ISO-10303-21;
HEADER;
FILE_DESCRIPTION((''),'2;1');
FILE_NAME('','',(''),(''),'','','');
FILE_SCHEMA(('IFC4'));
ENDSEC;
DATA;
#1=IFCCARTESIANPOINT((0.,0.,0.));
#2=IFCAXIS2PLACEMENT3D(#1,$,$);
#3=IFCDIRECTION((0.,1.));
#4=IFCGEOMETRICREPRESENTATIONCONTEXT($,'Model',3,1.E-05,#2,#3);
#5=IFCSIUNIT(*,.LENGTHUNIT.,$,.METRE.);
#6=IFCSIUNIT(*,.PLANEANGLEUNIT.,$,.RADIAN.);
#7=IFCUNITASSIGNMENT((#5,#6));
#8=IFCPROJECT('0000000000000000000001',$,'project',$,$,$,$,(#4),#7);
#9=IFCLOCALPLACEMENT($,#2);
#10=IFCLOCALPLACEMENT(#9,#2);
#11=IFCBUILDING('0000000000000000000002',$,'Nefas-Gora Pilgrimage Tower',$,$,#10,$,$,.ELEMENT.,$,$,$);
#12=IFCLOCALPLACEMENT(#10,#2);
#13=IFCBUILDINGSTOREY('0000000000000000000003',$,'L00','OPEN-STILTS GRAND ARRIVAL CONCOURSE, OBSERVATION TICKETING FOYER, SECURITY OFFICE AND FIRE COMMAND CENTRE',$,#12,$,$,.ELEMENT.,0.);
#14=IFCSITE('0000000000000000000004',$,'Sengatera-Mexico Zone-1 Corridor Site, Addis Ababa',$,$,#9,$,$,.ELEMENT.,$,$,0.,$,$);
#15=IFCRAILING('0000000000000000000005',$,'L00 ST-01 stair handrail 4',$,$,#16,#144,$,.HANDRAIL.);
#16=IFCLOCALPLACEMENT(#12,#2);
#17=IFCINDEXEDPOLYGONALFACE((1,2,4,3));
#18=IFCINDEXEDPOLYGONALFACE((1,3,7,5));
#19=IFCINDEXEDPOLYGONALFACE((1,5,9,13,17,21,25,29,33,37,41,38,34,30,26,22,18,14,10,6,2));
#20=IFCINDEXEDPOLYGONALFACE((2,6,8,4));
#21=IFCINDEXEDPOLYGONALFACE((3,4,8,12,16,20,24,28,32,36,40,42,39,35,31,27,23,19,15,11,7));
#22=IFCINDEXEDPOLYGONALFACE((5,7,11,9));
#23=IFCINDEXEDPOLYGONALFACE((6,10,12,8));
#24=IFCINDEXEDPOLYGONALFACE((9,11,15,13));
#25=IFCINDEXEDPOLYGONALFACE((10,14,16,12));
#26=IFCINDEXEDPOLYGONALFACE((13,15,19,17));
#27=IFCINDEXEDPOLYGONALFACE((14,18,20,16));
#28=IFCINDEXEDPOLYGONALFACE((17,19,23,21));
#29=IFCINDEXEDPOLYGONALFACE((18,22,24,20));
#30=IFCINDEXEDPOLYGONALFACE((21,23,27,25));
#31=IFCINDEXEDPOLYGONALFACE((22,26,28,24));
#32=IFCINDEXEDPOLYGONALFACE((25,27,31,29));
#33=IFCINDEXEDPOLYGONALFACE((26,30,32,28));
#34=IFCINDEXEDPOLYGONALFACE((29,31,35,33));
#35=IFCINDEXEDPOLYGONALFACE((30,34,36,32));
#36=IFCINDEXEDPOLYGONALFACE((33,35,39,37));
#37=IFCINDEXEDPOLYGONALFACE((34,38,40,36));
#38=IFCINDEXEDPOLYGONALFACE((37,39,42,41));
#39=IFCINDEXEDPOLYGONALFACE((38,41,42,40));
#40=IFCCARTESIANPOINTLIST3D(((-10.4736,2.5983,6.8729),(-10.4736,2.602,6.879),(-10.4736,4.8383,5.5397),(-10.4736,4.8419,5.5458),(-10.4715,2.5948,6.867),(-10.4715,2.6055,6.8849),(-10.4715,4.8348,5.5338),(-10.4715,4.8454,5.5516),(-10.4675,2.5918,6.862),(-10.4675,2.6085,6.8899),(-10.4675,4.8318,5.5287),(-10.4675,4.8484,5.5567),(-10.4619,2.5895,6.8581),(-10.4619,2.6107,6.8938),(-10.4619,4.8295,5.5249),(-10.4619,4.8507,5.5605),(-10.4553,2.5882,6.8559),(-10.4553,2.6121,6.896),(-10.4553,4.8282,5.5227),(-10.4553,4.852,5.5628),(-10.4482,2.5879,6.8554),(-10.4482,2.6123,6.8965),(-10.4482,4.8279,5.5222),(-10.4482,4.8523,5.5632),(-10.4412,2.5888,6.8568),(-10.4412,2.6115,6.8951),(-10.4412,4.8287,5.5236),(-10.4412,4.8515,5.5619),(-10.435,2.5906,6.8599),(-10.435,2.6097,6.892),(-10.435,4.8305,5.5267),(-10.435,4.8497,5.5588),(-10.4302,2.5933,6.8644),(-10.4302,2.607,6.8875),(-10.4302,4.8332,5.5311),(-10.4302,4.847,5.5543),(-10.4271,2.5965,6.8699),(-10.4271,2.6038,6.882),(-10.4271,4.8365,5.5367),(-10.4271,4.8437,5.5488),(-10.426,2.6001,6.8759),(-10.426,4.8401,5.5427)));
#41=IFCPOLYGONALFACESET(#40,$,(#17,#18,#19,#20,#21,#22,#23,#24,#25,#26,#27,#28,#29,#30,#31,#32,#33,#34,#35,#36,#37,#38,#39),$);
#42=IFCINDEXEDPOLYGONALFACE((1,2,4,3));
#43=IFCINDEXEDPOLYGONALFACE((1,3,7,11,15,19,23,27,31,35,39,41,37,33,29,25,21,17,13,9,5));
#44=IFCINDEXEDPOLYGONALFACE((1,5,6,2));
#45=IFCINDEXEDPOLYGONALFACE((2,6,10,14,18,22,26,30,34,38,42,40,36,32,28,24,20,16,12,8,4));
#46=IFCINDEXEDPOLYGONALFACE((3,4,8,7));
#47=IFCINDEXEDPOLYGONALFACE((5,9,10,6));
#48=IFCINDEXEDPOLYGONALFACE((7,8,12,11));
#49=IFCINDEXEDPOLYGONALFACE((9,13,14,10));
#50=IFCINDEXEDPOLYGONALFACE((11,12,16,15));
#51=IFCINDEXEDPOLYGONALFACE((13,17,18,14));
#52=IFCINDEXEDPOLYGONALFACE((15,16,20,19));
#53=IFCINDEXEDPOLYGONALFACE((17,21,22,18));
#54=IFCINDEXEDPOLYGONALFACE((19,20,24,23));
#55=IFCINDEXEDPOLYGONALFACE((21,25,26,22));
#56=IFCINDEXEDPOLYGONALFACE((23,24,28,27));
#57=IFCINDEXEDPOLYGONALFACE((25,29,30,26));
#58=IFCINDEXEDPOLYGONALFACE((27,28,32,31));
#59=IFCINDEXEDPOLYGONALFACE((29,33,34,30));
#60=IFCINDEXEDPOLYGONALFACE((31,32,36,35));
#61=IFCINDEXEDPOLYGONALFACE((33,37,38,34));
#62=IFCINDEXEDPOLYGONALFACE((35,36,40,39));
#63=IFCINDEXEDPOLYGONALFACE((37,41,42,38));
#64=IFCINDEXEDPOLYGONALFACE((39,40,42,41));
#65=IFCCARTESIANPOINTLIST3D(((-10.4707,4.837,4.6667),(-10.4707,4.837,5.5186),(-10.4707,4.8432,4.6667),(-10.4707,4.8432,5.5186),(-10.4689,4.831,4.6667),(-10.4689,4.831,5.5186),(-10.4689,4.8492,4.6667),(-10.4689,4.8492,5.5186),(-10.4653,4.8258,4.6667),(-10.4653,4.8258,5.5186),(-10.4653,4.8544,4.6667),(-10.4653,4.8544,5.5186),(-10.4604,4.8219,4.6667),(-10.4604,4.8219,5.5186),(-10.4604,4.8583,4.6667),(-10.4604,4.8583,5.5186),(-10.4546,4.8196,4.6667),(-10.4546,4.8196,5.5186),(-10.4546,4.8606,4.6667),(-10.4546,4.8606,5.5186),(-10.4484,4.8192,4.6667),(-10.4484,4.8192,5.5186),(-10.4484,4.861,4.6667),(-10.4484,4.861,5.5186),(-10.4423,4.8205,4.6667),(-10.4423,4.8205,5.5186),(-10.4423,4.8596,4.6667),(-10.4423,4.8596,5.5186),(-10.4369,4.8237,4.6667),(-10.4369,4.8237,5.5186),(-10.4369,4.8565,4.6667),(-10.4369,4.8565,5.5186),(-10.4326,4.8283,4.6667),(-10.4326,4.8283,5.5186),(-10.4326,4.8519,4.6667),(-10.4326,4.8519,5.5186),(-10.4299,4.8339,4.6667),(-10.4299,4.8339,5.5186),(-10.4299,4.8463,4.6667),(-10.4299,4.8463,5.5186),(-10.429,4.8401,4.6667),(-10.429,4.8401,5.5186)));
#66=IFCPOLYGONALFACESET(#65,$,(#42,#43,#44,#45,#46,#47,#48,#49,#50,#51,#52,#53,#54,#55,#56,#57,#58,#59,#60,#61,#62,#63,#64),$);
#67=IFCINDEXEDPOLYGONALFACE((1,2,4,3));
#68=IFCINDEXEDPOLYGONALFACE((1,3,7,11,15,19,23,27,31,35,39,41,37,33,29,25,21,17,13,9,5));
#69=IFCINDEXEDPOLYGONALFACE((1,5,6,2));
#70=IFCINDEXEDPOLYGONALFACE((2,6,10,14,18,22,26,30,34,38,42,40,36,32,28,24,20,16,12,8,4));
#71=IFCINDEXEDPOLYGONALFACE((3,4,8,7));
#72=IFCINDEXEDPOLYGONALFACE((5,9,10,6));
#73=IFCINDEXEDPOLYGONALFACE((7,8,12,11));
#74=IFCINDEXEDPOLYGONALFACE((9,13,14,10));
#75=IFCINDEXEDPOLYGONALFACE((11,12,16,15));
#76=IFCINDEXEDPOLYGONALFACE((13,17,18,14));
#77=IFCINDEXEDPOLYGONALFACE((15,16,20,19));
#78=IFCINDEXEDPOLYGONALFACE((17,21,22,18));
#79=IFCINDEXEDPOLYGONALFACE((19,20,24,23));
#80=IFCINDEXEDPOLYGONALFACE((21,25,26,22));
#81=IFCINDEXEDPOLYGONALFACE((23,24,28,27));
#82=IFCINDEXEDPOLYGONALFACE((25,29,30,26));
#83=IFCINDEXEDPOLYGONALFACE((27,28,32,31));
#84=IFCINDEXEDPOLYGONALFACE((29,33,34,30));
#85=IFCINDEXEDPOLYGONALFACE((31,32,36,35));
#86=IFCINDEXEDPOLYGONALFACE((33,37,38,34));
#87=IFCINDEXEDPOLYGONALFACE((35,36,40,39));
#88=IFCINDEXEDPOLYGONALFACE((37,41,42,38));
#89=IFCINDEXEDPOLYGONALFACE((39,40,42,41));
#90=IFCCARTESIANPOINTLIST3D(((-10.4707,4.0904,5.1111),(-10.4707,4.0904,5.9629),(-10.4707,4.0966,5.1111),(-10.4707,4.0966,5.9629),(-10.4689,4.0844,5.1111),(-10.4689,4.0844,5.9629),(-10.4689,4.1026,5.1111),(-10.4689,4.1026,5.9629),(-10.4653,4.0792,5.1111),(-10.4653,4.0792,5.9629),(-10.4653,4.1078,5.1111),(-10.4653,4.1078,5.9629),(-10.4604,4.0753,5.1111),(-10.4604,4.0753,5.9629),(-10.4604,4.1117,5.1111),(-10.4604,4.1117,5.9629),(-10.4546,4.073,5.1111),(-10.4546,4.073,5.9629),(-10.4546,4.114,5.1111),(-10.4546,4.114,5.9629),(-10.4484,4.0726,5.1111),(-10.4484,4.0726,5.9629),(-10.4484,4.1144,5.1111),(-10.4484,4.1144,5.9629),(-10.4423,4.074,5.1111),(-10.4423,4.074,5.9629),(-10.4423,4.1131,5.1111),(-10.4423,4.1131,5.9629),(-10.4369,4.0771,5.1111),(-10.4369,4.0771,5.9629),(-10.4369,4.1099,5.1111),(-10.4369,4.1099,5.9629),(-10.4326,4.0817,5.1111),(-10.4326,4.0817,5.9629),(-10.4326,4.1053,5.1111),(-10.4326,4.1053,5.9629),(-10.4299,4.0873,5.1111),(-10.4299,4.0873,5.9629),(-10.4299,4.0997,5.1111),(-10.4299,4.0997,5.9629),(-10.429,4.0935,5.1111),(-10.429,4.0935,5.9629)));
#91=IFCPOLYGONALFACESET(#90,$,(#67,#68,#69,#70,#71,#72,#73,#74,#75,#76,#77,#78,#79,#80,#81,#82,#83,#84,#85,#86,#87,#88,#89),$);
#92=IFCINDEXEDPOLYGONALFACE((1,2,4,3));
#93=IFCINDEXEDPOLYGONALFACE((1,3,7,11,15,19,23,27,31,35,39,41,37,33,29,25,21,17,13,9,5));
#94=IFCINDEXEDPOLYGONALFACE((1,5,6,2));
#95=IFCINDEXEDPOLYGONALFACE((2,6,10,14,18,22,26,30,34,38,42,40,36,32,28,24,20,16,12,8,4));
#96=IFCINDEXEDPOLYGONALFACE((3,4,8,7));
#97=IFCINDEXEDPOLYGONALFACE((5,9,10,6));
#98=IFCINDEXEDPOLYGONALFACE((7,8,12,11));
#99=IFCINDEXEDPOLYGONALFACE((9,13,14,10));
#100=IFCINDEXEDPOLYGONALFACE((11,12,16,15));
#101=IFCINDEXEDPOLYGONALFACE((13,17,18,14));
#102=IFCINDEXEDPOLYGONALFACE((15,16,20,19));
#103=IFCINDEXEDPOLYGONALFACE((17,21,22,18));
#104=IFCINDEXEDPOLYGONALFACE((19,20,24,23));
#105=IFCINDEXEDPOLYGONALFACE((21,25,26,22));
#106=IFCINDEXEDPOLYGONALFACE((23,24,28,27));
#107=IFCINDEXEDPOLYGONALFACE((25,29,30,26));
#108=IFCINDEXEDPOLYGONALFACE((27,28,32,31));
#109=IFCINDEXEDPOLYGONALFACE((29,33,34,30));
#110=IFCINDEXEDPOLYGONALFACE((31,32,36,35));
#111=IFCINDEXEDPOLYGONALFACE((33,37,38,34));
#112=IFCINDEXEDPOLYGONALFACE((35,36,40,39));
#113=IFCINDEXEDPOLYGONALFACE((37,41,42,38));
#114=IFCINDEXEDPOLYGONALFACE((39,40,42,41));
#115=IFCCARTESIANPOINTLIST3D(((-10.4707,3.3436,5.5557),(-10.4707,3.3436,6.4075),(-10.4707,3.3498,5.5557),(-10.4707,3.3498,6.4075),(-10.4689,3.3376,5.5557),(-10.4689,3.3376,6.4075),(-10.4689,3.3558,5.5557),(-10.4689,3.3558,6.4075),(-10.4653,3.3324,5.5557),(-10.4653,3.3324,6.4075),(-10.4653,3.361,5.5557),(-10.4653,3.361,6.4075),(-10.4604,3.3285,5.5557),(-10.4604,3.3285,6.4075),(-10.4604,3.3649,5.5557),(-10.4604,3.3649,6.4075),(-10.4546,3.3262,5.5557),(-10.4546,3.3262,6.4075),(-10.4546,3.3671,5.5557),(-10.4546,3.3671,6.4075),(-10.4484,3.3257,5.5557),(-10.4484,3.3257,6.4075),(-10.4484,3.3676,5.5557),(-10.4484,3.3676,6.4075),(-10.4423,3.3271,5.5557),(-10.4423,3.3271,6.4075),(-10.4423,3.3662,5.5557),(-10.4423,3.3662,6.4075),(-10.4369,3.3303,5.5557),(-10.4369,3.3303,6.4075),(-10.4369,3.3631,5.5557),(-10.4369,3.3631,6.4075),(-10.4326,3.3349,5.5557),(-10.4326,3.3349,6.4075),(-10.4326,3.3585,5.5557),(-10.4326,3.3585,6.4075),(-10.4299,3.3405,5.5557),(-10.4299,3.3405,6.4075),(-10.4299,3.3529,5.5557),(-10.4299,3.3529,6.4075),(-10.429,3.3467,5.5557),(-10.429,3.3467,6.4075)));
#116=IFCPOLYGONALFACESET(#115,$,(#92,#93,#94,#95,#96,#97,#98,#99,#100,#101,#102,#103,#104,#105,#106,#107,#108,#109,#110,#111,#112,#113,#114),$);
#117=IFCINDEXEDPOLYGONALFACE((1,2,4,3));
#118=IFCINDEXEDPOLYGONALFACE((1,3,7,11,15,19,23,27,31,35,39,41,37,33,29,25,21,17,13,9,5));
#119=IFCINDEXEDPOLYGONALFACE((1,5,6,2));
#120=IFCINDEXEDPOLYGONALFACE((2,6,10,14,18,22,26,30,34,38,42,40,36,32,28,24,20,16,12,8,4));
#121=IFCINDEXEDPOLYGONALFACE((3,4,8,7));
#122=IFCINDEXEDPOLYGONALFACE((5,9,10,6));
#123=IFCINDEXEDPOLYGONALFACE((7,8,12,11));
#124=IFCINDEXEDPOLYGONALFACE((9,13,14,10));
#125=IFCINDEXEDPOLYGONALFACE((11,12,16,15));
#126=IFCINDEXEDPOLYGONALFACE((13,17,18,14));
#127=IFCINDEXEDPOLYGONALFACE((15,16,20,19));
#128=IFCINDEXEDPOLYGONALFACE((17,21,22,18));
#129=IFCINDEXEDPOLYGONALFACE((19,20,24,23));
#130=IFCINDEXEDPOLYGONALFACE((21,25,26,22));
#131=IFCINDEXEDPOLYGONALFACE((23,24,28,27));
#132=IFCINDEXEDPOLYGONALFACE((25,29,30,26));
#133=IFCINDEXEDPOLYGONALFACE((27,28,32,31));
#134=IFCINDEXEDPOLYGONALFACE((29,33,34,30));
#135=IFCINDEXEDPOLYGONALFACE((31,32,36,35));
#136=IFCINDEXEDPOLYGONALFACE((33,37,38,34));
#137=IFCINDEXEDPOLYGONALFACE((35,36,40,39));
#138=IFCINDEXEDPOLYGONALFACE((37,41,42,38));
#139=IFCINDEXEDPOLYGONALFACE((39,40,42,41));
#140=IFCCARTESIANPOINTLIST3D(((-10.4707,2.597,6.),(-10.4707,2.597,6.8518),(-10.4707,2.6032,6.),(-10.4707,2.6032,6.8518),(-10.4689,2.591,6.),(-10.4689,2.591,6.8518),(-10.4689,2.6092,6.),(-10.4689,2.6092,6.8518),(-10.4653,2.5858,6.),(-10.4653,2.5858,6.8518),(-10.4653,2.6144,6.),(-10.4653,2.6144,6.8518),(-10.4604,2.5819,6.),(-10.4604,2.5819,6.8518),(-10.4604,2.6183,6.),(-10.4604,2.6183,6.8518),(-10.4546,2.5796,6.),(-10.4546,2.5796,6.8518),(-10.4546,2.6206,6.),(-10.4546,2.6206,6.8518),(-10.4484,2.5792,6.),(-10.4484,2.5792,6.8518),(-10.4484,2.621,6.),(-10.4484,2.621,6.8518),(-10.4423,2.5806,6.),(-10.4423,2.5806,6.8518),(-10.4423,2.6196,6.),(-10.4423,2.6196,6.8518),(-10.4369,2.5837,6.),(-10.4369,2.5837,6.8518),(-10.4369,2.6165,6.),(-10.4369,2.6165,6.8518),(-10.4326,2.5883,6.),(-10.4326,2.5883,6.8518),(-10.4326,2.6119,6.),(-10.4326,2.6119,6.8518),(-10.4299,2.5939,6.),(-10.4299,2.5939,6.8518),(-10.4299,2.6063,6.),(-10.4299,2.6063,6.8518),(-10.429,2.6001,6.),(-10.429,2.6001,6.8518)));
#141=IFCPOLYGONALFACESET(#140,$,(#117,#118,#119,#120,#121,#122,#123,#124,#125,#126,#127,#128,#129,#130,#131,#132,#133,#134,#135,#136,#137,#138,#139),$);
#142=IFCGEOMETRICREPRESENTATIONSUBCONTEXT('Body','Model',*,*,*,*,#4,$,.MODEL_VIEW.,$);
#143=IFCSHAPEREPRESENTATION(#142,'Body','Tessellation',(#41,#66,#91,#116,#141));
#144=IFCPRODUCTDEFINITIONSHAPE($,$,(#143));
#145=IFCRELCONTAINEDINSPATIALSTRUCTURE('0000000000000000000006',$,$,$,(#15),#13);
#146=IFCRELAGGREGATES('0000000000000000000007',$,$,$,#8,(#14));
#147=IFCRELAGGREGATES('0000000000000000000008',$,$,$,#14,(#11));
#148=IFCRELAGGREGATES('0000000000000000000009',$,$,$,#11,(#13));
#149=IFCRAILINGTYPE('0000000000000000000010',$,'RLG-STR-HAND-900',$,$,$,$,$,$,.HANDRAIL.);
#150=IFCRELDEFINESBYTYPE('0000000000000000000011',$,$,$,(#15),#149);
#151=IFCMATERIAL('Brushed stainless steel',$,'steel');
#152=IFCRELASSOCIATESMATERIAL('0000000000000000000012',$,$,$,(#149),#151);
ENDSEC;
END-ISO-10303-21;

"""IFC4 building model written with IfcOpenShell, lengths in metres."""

from ifc_helpers import new_model, si_unit, direction, frame, origin, origin_2d, place, context, subcontext, project, spatial, circle, extrude, material, type_object, element, save


model = new_model("IFC4")

# Units and contexts
model_context = context("Model", 3, precision=1e-05, world=origin(), true_north=direction((0.0, 1.0)))
body_context = subcontext(model_context, "Body", "Model", "MODEL_VIEW")
ifc_project = project(units=[si_unit("LENGTHUNIT", "METRE"), si_unit("PLANEANGLEUNIT", "RADIAN")], contexts=[model_context])

# Site, building, storey
site_placement = place(None, origin())
site = spatial("IfcSite", under=ifc_project, at=site_placement, Name="Sengatera-Mexico Zone-1 Corridor Site, Addis Ababa", CompositionType="ELEMENT", RefElevation=0.0)
building_placement = place(site_placement, origin())
building = spatial("IfcBuilding", under=site, at=building_placement, Name="Nefas-Gora Pilgrimage Tower", CompositionType="ELEMENT")
storey_placement = place(building_placement, origin())
storey = spatial("IfcBuildingStorey", under=building, at=storey_placement, Name="L00", Description="OPEN-STILTS GRAND ARRIVAL CONCOURSE, OBSERVATION TICKETING FOYER, SECURITY OFFICE AND FIRE COMMAND CENTRE", CompositionType="ELEMENT", Elevation=0.0)

# Railing
ifc_material_1 = material(Name="Brushed stainless steel", Category="steel")
railing_type_1 = type_object("IfcRailingType", Name="RLG-STR-HAND-900", PredefinedType="HANDRAIL", material=ifc_material_1)
railing_1_placement = place(storey_placement, frame((-10.45, 4.8401, 4.6667)))
element("IfcRailing", 1, at=railing_1_placement, inside=storey, type_object=railing_type_1, Name="L00 ST-01 stair handrail 4", PredefinedType="HANDRAIL", context=body_context, shape_type="SweptSolid", body=[
    extrude(circle(Radius=0.0239, at=origin_2d()), frame((0.0, 0.0, 0.876), z_axis=(0.0, -0.859306, 0.511462), x_axis=(1.0, 0.0, 0.0)), (0.0, 0.0, 1.0), 2.6067),
    extrude(circle(Radius=0.021, at=origin_2d()), origin(), (0.0, 0.0, 1.0), 0.8518),
    extrude(circle(Radius=0.021, at=origin_2d()), frame((0.0, -0.7466, 0.4443)), (0.0, 0.0, 1.0), 0.8518),
    extrude(circle(Radius=0.021, at=origin_2d()), frame((0.0, -1.4934, 0.8889)), (0.0, 0.0, 1.0), 0.8518),
    extrude(circle(Radius=0.021, at=origin_2d()), frame((0.0, -2.24, 1.3333)), (0.0, 0.0, 1.0), 0.8518),
])

save(model, "model.ifc")
